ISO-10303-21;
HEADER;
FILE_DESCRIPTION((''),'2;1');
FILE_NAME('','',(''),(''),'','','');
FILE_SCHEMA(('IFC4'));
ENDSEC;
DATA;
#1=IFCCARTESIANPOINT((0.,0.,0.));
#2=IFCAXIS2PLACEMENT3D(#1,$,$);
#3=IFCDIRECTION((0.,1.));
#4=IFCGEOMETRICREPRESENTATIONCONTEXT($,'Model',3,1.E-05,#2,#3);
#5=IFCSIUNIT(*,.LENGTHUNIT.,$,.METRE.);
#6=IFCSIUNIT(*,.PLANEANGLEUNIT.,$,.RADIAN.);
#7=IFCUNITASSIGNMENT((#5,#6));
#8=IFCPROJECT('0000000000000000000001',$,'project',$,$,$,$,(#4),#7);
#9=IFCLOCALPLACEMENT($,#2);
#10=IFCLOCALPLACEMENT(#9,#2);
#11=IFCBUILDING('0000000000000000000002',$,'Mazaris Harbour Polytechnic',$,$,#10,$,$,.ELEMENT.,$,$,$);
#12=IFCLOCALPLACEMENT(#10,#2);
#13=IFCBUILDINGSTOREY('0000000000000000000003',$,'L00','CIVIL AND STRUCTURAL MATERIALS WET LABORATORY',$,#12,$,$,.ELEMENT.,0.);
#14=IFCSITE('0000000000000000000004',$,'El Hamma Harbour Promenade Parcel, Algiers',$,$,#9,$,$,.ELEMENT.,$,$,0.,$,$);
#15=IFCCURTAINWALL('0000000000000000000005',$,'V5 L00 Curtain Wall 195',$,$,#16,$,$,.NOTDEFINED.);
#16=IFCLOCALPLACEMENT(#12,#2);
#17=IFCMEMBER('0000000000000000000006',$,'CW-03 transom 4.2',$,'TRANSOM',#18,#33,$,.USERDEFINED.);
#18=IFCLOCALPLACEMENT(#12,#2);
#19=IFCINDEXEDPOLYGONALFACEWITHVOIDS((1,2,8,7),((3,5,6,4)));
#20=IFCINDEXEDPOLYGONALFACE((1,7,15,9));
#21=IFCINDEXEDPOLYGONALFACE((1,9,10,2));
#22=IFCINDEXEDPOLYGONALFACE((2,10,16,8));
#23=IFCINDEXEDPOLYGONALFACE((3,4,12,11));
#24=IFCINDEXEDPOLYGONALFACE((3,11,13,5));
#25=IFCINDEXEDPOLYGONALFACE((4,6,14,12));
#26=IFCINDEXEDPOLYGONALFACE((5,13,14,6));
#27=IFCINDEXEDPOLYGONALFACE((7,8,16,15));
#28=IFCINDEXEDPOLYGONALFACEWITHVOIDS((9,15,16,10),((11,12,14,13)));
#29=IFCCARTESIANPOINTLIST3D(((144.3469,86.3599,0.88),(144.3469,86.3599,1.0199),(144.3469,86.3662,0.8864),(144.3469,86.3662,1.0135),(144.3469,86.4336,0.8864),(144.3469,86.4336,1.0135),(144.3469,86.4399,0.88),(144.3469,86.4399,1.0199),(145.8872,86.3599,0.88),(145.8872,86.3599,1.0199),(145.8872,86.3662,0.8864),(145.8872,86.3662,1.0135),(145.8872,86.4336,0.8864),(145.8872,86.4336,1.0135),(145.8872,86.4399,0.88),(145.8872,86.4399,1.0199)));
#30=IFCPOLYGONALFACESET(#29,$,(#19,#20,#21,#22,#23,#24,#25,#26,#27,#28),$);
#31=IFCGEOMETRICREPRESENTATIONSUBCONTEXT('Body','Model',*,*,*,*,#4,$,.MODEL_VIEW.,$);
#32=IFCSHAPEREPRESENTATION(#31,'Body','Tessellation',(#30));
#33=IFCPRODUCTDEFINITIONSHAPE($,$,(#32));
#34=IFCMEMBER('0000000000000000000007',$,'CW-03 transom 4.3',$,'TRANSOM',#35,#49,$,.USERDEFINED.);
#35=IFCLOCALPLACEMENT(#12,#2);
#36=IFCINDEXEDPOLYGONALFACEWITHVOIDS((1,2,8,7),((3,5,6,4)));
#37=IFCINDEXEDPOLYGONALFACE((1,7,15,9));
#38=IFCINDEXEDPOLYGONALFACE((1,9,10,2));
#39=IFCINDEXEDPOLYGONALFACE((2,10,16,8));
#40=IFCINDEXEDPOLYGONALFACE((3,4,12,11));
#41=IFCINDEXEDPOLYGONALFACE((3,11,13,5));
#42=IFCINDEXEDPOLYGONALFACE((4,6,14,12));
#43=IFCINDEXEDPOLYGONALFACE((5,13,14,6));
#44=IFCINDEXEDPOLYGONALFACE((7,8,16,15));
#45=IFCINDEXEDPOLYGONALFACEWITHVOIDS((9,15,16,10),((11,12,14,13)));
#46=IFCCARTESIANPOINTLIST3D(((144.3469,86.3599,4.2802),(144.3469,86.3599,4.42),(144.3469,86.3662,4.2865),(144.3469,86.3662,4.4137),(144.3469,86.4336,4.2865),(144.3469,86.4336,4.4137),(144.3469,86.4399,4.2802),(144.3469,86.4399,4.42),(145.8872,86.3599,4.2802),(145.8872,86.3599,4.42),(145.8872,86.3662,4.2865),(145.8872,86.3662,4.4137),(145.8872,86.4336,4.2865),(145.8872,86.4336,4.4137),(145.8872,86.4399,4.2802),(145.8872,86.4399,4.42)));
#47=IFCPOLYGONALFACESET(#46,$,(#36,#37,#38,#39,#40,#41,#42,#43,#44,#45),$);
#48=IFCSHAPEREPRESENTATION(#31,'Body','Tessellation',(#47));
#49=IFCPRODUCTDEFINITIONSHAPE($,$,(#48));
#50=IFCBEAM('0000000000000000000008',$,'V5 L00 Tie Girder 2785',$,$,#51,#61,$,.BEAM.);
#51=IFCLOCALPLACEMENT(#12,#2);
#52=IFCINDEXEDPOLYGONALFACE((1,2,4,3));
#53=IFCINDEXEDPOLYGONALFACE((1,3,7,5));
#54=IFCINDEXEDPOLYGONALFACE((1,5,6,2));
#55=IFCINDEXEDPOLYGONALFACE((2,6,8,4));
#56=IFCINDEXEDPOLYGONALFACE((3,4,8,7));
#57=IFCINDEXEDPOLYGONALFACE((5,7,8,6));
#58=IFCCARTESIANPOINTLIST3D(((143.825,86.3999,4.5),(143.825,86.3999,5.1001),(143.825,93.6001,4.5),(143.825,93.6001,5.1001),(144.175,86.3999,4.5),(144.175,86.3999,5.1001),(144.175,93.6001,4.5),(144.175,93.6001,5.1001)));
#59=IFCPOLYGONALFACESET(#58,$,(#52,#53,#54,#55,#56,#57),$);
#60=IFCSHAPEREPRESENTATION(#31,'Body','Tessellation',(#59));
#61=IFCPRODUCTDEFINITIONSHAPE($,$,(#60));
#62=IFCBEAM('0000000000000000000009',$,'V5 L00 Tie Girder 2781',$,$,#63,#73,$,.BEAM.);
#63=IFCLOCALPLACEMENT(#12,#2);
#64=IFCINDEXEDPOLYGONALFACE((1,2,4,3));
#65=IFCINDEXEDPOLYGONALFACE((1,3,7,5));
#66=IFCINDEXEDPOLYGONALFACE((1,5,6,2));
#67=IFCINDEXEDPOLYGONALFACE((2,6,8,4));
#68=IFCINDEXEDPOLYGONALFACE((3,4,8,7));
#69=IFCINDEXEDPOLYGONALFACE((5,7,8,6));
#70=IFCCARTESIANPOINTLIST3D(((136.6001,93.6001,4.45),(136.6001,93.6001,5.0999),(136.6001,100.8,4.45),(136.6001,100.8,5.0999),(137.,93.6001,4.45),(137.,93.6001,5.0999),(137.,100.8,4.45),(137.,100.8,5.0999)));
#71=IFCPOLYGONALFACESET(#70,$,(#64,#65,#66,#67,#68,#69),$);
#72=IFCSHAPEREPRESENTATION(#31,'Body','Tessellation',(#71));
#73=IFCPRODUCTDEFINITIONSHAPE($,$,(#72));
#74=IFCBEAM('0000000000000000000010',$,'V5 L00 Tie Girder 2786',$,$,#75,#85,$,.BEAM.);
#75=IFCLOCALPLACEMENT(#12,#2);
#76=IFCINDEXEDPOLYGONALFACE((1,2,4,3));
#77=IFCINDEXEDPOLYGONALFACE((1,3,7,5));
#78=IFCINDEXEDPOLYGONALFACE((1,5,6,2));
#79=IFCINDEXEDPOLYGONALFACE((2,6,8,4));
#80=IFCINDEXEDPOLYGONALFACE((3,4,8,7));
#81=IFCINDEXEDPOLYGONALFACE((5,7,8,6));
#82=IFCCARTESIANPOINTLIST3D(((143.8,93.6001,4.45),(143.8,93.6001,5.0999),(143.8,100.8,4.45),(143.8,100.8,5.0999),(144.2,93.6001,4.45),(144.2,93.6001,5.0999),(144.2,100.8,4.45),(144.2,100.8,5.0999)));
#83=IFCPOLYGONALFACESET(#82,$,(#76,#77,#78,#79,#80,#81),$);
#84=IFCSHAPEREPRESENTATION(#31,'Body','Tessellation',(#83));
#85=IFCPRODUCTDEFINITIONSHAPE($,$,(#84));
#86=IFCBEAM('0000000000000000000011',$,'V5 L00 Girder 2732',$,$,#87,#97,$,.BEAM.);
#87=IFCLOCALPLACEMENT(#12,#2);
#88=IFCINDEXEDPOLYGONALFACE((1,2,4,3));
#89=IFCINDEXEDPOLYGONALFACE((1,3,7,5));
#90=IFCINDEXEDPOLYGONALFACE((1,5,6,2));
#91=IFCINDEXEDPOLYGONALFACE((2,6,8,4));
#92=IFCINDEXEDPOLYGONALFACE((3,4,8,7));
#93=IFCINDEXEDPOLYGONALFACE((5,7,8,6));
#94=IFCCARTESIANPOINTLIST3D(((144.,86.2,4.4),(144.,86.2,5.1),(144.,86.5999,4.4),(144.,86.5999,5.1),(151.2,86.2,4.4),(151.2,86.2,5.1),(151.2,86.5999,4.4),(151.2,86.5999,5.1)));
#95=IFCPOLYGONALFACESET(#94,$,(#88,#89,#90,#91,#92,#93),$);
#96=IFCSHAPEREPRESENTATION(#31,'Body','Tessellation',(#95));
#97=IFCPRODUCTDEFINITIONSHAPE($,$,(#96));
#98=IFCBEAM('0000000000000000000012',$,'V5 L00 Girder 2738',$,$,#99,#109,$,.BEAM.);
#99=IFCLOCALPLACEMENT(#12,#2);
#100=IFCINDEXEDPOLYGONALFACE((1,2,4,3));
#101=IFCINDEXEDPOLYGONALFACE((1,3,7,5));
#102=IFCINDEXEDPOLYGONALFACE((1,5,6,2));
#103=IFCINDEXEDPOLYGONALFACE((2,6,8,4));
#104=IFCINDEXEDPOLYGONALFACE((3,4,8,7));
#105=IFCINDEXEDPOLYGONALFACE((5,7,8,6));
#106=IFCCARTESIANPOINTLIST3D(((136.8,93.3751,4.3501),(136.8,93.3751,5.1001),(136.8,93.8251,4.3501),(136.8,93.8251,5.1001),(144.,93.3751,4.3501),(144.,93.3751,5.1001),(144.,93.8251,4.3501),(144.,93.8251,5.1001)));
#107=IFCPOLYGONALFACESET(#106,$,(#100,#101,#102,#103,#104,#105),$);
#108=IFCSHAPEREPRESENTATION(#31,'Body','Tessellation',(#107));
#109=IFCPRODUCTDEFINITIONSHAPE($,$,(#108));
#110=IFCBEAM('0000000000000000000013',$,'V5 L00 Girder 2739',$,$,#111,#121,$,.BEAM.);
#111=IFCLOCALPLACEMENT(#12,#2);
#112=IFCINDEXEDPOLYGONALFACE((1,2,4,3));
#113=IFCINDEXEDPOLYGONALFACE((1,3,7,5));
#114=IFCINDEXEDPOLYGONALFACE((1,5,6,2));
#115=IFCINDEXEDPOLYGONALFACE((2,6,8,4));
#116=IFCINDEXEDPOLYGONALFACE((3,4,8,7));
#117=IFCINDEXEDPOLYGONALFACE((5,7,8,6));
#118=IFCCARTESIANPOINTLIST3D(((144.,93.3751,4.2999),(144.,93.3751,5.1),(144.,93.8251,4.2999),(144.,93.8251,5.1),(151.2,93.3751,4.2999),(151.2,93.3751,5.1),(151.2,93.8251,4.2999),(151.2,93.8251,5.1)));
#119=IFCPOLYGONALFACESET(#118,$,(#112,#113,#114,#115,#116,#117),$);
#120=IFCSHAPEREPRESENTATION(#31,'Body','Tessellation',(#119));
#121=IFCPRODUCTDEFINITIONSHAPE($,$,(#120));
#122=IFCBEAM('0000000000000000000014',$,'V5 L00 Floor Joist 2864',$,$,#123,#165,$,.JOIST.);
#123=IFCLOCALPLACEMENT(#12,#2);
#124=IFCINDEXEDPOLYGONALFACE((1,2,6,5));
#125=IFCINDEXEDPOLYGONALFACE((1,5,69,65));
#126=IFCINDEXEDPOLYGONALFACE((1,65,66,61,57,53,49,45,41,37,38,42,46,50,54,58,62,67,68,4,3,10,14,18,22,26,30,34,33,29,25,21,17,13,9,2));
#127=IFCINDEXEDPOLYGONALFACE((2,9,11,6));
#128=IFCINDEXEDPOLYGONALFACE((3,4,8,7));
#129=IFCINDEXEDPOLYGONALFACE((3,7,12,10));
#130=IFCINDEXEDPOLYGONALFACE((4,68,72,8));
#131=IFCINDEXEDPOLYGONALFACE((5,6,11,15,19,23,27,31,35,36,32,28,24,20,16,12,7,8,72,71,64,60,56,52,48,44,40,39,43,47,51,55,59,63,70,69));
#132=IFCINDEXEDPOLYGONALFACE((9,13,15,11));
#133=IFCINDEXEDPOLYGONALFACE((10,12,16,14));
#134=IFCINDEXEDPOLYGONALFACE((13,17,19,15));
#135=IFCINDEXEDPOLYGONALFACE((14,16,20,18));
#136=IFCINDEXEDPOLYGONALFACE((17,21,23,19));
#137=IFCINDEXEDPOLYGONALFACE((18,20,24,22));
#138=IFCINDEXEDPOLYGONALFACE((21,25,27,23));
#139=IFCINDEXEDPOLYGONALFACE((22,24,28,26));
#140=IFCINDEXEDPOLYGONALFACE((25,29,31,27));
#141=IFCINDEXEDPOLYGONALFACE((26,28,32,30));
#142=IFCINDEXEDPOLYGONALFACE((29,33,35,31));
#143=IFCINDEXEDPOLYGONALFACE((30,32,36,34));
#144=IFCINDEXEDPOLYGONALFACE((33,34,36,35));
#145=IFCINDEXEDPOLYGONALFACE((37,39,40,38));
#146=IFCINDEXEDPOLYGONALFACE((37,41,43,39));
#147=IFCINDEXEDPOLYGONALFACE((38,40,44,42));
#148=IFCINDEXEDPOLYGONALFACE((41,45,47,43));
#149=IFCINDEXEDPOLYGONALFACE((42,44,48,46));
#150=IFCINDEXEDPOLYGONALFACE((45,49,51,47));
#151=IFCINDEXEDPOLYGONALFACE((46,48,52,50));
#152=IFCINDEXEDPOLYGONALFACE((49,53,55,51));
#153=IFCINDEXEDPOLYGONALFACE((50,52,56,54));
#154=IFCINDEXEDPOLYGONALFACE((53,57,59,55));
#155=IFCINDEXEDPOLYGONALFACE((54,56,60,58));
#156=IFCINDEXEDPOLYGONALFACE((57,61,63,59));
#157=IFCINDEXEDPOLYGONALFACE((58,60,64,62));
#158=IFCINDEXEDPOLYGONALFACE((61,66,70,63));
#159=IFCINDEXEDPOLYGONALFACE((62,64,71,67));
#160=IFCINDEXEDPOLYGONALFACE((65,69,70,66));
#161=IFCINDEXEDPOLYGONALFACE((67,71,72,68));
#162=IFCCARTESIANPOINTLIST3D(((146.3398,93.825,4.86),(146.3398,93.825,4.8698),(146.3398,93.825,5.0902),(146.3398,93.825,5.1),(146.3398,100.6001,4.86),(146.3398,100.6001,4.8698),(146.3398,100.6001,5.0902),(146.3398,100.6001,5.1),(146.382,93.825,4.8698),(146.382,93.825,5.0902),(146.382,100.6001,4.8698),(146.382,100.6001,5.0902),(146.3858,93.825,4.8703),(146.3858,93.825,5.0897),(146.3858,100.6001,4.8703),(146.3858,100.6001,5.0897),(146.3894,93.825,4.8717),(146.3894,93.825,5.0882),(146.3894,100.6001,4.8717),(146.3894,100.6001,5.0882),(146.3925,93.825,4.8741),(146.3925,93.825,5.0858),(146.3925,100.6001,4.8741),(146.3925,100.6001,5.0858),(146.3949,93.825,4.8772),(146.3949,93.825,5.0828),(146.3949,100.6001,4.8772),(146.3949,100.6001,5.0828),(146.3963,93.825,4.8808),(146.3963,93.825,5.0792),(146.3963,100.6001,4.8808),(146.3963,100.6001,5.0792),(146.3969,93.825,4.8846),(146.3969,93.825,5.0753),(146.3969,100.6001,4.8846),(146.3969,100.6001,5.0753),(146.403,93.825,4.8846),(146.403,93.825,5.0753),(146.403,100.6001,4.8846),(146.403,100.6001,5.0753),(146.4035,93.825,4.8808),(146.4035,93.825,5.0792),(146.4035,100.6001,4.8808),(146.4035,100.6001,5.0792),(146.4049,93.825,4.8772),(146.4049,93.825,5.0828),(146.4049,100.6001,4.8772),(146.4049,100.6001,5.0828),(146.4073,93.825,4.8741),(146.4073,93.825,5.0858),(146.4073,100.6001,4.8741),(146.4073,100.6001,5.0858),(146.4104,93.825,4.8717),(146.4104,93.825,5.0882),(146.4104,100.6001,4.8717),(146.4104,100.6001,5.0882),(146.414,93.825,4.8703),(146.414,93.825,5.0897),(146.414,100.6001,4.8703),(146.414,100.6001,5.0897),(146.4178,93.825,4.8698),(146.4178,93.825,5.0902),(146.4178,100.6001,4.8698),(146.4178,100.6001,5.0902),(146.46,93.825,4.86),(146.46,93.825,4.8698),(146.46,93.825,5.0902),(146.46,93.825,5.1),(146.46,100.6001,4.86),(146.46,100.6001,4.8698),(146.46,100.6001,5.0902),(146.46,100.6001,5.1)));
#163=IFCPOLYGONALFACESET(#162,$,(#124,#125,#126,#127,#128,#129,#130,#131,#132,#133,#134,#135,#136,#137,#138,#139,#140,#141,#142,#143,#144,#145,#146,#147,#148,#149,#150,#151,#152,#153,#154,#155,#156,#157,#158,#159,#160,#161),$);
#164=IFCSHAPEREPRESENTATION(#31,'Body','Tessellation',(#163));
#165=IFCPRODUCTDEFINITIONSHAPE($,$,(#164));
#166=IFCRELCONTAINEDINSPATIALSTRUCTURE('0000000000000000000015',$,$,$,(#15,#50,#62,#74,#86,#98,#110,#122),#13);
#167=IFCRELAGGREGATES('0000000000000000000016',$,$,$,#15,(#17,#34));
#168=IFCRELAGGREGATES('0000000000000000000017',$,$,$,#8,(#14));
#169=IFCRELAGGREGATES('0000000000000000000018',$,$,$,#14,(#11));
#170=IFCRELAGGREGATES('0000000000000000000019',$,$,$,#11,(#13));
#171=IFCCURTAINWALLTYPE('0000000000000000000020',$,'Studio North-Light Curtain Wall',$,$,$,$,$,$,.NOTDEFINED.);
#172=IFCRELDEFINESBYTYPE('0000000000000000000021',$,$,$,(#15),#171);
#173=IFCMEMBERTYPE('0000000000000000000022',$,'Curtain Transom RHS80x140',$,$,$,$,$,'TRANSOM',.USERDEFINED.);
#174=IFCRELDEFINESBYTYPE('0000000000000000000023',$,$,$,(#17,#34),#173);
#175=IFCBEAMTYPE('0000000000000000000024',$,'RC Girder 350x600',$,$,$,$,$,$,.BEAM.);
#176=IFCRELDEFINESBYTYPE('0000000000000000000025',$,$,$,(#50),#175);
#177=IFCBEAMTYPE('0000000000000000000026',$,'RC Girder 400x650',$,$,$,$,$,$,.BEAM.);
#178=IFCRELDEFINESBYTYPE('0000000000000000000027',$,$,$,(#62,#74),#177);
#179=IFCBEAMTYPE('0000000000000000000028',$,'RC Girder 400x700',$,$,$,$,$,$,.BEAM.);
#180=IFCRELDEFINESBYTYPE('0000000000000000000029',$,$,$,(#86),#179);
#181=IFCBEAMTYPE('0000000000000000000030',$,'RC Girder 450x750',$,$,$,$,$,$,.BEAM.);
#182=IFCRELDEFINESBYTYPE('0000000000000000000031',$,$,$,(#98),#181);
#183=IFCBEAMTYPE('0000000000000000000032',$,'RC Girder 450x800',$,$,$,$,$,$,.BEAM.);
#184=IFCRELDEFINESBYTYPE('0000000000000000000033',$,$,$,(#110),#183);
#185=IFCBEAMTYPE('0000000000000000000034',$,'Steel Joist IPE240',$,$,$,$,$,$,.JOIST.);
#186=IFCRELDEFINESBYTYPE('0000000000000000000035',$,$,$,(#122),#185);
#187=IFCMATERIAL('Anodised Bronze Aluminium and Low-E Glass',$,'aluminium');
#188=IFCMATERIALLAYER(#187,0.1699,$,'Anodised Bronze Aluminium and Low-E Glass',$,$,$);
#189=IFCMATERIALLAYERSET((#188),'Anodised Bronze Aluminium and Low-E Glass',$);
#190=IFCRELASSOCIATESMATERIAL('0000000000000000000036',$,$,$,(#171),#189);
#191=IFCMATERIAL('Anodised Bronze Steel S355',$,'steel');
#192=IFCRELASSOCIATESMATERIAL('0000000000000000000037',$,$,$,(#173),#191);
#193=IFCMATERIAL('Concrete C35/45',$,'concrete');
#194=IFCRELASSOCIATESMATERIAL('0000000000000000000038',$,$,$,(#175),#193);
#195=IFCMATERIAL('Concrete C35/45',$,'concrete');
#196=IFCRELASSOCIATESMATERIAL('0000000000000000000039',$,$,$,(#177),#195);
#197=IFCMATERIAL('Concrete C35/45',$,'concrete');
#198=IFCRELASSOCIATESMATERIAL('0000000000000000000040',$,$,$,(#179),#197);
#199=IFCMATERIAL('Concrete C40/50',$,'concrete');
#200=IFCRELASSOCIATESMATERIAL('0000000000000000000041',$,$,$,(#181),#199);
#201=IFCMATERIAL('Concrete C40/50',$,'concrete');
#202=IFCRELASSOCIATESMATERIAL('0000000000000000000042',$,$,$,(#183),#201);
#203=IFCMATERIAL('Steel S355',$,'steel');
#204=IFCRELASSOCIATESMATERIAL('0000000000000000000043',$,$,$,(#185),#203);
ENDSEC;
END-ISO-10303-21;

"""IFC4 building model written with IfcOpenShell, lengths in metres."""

from ifc_helpers import new_model, si_unit, direction, frame, origin, origin_2d, place, context, subcontext, project, spatial, rectangle, hollow_rectangle, i_section, extrude, material, layer, layer_set, material_profile, profile_set, type_object, element, aggregate, save


model = new_model("IFC4")

# Units and contexts
model_context = context("Model", 3, precision=1e-05, world=origin(), true_north=direction((0.0, 1.0)))
body_context = subcontext(model_context, "Body", "Model", "MODEL_VIEW")
ifc_project = project(units=[si_unit("LENGTHUNIT", "METRE"), si_unit("PLANEANGLEUNIT", "RADIAN")], contexts=[model_context])

# Site, building, storey
site_placement = place(None, origin())
site = spatial("IfcSite", under=ifc_project, at=site_placement, Name="El Hamma Harbour Promenade Parcel, Algiers", CompositionType="ELEMENT", RefElevation=0.0)
building_placement = place(site_placement, origin())
building = spatial("IfcBuilding", under=site, at=building_placement, Name="Mazaris Harbour Polytechnic", CompositionType="ELEMENT")
storey_placement = place(building_placement, origin())
storey = spatial("IfcBuildingStorey", under=building, at=storey_placement, Name="L00", Description="CIVIL AND STRUCTURAL MATERIALS WET LABORATORY", CompositionType="ELEMENT", Elevation=0.0)

# Shared definitions
ifc_material_1 = material(Name="Anodised Bronze Aluminium and Low-E Glass", Category="aluminium")
ifc_layer_1 = layer(ifc_material_1, 0.1699, Name="Anodised Bronze Aluminium and Low-E Glass")
ifc_layer_set_1 = layer_set([ifc_layer_1], Name="Anodised Bronze Aluminium and Low-E Glass")
curtain_wall_type = type_object("IfcCurtainWallType", Name="Studio North-Light Curtain Wall", PredefinedType="NOTDEFINED", material=ifc_layer_set_1)

# Curtain wall
curtain_wall_1_placement = place(storey_placement, origin())
curtain_wall_1 = element("IfcCurtainWall", 1, at=curtain_wall_1_placement, inside=storey, type_object=curtain_wall_type, Name="V5 L00 Curtain Wall 195", PredefinedType="NOTDEFINED")

# Members
ifc_material_2 = material(Name="Anodised Bronze Steel S355", Category="steel")
ifc_material_profile_1 = material_profile(ifc_material_2, hollow_rectangle(XDim=0.0801, YDim=0.1399, WallThickness=0.0063, at=origin_2d()), Name="RHS 80x140x6.3")
ifc_profile_set_1 = profile_set([ifc_material_profile_1], Name="Anodised Bronze Steel S355")
member_type_1 = type_object("IfcMemberType", Name="Curtain Transom RHS80x140", ElementType="TRANSOM", PredefinedType="USERDEFINED", material=ifc_profile_set_1)
member_1_placement = place(storey_placement, frame((145.8872, 86.3999, 0.95), z_axis=(-1.0, 0.0, 0.0), x_axis=(0.0, -1.0, 0.0)))
member_1 = element("IfcMember", 2, at=member_1_placement, type_object=member_type_1, Name="CW-03 transom 4.2", ObjectType="TRANSOM", PredefinedType="USERDEFINED", context=body_context, shape_type="SweptSolid", body=[
    extrude(hollow_rectangle(XDim=0.0801, YDim=0.1399, WallThickness=0.0063, at=origin_2d()), origin(), (0.0, 0.0, 1.0), 1.5403),
])
member_2_placement = place(storey_placement, frame((145.8872, 86.3999, 4.3501), z_axis=(-1.0, 0.0, 0.0), x_axis=(0.0, -1.0, 0.0)))
member_2 = element("IfcMember", 3, at=member_2_placement, type_object=member_type_1, Name="CW-03 transom 4.3", ObjectType="TRANSOM", PredefinedType="USERDEFINED", context=body_context, shape_type="SweptSolid", body=[
    extrude(hollow_rectangle(XDim=0.0801, YDim=0.1399, WallThickness=0.0063, at=origin_2d()), origin(), (0.0, 0.0, 1.0), 1.5403),
])

# Beams
ifc_material_3 = material(Name="Concrete C35/45", Category="concrete")
ifc_material_profile_2 = material_profile(ifc_material_3, rectangle(XDim=0.3501, YDim=0.6001, at=origin_2d()), Name="RECT350x600")
ifc_profile_set_2 = profile_set([ifc_material_profile_2], Name="Concrete C35/45")
beam_type_1 = type_object("IfcBeamType", Name="RC Girder 350x600", PredefinedType="BEAM", material=ifc_profile_set_2)
beam_1_placement = place(storey_placement, frame((144.0, 86.3999, 4.8), z_axis=(0.0, 1.0, 0.0), x_axis=(-1.0, 0.0, 0.0)))
element("IfcBeam", 4, at=beam_1_placement, inside=storey, type_object=beam_type_1, Name="V5 L00 Tie Girder 2785", PredefinedType="BEAM", context=body_context, shape_type="SweptSolid", body=[
    extrude(rectangle(XDim=0.3501, YDim=0.6001, at=origin_2d()), origin(), (0.0, 0.0, 1.0), 7.2002),
])
ifc_material_4 = material(Name="Concrete C35/45", Category="concrete")
ifc_material_profile_3 = material_profile(ifc_material_4, rectangle(XDim=0.3999, YDim=0.6499, at=origin_2d()), Name="RECT400x650")
ifc_profile_set_3 = profile_set([ifc_material_profile_3], Name="Concrete C35/45")
beam_type_2 = type_object("IfcBeamType", Name="RC Girder 400x650", PredefinedType="BEAM", material=ifc_profile_set_3)
for number, where, z_axis, x_axis, name in (
    (5, (136.8, 93.6001, 4.7749), (0.0, 1.0, 0.0), (-1.0, 0.0, 0.0), "V5 L00 Tie Girder 2781"),
    (6, (144.0, 93.6001, 4.7749), (0.0, 1.0, 0.0), (-1.0, 0.0, 0.0), "V5 L00 Tie Girder 2786"),
):
    element("IfcBeam", number, at=place(storey_placement, frame(where, z_axis=z_axis, x_axis=x_axis)), inside=storey, type_object=beam_type_2, Name=name, PredefinedType="BEAM", context=body_context, shape_type="SweptSolid", body=[
        extrude(rectangle(XDim=0.3999, YDim=0.6499, at=origin_2d()), origin(), (0.0, 0.0, 1.0), 7.2),
    ])
ifc_material_5 = material(Name="Concrete C35/45", Category="concrete")
ifc_material_profile_4 = material_profile(ifc_material_5, rectangle(XDim=0.3999, YDim=0.7, at=origin_2d()), Name="RECT400x700")
ifc_profile_set_4 = profile_set([ifc_material_profile_4], Name="Concrete C35/45")
beam_type_3 = type_object("IfcBeamType", Name="RC Girder 400x700", PredefinedType="BEAM", material=ifc_profile_set_4)
beam_2_placement = place(storey_placement, frame((144.0, 86.3999, 4.75), z_axis=(1.0, 0.0, 0.0), x_axis=(0.0, 1.0, 0.0)))
element("IfcBeam", 7, at=beam_2_placement, inside=storey, type_object=beam_type_3, Name="V5 L00 Girder 2732", PredefinedType="BEAM", context=body_context, shape_type="SweptSolid", body=[
    extrude(rectangle(XDim=0.3999, YDim=0.7, at=origin_2d()), origin(), (0.0, 0.0, 1.0), 7.2),
])
ifc_material_6 = material(Name="Concrete C40/50", Category="concrete")
ifc_material_profile_5 = material_profile(ifc_material_6, rectangle(XDim=0.45, YDim=0.75, at=origin_2d()), Name="RECT450x750")
ifc_profile_set_5 = profile_set([ifc_material_profile_5], Name="Concrete C40/50")
beam_type_4 = type_object("IfcBeamType", Name="RC Girder 450x750", PredefinedType="BEAM", material=ifc_profile_set_5)
beam_3_placement = place(storey_placement, frame((136.8, 93.6001, 4.7251), z_axis=(1.0, 0.0, 0.0), x_axis=(0.0, 1.0, 0.0)))
element("IfcBeam", 8, at=beam_3_placement, inside=storey, type_object=beam_type_4, Name="V5 L00 Girder 2738", PredefinedType="BEAM", context=body_context, shape_type="SweptSolid", body=[
    extrude(rectangle(XDim=0.45, YDim=0.75, at=origin_2d()), origin(), (0.0, 0.0, 1.0), 7.2),
])
ifc_material_7 = material(Name="Concrete C40/50", Category="concrete")
ifc_material_profile_6 = material_profile(ifc_material_7, rectangle(XDim=0.45, YDim=0.8, at=origin_2d()), Name="RECT450x800")
ifc_profile_set_6 = profile_set([ifc_material_profile_6], Name="Concrete C40/50")
beam_type_5 = type_object("IfcBeamType", Name="RC Girder 450x800", PredefinedType="BEAM", material=ifc_profile_set_6)
beam_4_placement = place(storey_placement, frame((144.0, 93.6001, 4.7), z_axis=(1.0, 0.0, 0.0), x_axis=(0.0, 1.0, 0.0)))
element("IfcBeam", 9, at=beam_4_placement, inside=storey, type_object=beam_type_5, Name="V5 L00 Girder 2739", PredefinedType="BEAM", context=body_context, shape_type="SweptSolid", body=[
    extrude(rectangle(XDim=0.45, YDim=0.8, at=origin_2d()), origin(), (0.0, 0.0, 1.0), 7.2),
])
ifc_material_8 = material(Name="Steel S355", Category="steel")
ifc_material_profile_7 = material_profile(ifc_material_8, i_section(OverallWidth=0.1201, OverallDepth=0.24, WebThickness=0.0061, FlangeThickness=0.0098, FilletRadius=0.0149, at=origin_2d()), Name="IPE 240")
ifc_profile_set_7 = profile_set([ifc_material_profile_7], Name="Steel S355")
beam_type_6 = type_object("IfcBeamType", Name="Steel Joist IPE240", PredefinedType="JOIST", material=ifc_profile_set_7)
beam_5_placement = place(storey_placement, frame((146.3999, 93.825, 4.98), z_axis=(0.0, 1.0, 0.0), x_axis=(-1.0, 0.0, 0.0)))
element("IfcBeam", 10, at=beam_5_placement, inside=storey, type_object=beam_type_6, Name="V5 L00 Floor Joist 2864", PredefinedType="JOIST", context=body_context, shape_type="SweptSolid", body=[
    extrude(i_section(OverallWidth=0.1201, OverallDepth=0.24, WebThickness=0.0061, FlangeThickness=0.0098, FilletRadius=0.0149, at=origin_2d()), origin(), (0.0, 0.0, 1.0), 6.7751),
])

aggregate(curtain_wall_1, [member_1, member_2])

save(model, "model.ifc")
